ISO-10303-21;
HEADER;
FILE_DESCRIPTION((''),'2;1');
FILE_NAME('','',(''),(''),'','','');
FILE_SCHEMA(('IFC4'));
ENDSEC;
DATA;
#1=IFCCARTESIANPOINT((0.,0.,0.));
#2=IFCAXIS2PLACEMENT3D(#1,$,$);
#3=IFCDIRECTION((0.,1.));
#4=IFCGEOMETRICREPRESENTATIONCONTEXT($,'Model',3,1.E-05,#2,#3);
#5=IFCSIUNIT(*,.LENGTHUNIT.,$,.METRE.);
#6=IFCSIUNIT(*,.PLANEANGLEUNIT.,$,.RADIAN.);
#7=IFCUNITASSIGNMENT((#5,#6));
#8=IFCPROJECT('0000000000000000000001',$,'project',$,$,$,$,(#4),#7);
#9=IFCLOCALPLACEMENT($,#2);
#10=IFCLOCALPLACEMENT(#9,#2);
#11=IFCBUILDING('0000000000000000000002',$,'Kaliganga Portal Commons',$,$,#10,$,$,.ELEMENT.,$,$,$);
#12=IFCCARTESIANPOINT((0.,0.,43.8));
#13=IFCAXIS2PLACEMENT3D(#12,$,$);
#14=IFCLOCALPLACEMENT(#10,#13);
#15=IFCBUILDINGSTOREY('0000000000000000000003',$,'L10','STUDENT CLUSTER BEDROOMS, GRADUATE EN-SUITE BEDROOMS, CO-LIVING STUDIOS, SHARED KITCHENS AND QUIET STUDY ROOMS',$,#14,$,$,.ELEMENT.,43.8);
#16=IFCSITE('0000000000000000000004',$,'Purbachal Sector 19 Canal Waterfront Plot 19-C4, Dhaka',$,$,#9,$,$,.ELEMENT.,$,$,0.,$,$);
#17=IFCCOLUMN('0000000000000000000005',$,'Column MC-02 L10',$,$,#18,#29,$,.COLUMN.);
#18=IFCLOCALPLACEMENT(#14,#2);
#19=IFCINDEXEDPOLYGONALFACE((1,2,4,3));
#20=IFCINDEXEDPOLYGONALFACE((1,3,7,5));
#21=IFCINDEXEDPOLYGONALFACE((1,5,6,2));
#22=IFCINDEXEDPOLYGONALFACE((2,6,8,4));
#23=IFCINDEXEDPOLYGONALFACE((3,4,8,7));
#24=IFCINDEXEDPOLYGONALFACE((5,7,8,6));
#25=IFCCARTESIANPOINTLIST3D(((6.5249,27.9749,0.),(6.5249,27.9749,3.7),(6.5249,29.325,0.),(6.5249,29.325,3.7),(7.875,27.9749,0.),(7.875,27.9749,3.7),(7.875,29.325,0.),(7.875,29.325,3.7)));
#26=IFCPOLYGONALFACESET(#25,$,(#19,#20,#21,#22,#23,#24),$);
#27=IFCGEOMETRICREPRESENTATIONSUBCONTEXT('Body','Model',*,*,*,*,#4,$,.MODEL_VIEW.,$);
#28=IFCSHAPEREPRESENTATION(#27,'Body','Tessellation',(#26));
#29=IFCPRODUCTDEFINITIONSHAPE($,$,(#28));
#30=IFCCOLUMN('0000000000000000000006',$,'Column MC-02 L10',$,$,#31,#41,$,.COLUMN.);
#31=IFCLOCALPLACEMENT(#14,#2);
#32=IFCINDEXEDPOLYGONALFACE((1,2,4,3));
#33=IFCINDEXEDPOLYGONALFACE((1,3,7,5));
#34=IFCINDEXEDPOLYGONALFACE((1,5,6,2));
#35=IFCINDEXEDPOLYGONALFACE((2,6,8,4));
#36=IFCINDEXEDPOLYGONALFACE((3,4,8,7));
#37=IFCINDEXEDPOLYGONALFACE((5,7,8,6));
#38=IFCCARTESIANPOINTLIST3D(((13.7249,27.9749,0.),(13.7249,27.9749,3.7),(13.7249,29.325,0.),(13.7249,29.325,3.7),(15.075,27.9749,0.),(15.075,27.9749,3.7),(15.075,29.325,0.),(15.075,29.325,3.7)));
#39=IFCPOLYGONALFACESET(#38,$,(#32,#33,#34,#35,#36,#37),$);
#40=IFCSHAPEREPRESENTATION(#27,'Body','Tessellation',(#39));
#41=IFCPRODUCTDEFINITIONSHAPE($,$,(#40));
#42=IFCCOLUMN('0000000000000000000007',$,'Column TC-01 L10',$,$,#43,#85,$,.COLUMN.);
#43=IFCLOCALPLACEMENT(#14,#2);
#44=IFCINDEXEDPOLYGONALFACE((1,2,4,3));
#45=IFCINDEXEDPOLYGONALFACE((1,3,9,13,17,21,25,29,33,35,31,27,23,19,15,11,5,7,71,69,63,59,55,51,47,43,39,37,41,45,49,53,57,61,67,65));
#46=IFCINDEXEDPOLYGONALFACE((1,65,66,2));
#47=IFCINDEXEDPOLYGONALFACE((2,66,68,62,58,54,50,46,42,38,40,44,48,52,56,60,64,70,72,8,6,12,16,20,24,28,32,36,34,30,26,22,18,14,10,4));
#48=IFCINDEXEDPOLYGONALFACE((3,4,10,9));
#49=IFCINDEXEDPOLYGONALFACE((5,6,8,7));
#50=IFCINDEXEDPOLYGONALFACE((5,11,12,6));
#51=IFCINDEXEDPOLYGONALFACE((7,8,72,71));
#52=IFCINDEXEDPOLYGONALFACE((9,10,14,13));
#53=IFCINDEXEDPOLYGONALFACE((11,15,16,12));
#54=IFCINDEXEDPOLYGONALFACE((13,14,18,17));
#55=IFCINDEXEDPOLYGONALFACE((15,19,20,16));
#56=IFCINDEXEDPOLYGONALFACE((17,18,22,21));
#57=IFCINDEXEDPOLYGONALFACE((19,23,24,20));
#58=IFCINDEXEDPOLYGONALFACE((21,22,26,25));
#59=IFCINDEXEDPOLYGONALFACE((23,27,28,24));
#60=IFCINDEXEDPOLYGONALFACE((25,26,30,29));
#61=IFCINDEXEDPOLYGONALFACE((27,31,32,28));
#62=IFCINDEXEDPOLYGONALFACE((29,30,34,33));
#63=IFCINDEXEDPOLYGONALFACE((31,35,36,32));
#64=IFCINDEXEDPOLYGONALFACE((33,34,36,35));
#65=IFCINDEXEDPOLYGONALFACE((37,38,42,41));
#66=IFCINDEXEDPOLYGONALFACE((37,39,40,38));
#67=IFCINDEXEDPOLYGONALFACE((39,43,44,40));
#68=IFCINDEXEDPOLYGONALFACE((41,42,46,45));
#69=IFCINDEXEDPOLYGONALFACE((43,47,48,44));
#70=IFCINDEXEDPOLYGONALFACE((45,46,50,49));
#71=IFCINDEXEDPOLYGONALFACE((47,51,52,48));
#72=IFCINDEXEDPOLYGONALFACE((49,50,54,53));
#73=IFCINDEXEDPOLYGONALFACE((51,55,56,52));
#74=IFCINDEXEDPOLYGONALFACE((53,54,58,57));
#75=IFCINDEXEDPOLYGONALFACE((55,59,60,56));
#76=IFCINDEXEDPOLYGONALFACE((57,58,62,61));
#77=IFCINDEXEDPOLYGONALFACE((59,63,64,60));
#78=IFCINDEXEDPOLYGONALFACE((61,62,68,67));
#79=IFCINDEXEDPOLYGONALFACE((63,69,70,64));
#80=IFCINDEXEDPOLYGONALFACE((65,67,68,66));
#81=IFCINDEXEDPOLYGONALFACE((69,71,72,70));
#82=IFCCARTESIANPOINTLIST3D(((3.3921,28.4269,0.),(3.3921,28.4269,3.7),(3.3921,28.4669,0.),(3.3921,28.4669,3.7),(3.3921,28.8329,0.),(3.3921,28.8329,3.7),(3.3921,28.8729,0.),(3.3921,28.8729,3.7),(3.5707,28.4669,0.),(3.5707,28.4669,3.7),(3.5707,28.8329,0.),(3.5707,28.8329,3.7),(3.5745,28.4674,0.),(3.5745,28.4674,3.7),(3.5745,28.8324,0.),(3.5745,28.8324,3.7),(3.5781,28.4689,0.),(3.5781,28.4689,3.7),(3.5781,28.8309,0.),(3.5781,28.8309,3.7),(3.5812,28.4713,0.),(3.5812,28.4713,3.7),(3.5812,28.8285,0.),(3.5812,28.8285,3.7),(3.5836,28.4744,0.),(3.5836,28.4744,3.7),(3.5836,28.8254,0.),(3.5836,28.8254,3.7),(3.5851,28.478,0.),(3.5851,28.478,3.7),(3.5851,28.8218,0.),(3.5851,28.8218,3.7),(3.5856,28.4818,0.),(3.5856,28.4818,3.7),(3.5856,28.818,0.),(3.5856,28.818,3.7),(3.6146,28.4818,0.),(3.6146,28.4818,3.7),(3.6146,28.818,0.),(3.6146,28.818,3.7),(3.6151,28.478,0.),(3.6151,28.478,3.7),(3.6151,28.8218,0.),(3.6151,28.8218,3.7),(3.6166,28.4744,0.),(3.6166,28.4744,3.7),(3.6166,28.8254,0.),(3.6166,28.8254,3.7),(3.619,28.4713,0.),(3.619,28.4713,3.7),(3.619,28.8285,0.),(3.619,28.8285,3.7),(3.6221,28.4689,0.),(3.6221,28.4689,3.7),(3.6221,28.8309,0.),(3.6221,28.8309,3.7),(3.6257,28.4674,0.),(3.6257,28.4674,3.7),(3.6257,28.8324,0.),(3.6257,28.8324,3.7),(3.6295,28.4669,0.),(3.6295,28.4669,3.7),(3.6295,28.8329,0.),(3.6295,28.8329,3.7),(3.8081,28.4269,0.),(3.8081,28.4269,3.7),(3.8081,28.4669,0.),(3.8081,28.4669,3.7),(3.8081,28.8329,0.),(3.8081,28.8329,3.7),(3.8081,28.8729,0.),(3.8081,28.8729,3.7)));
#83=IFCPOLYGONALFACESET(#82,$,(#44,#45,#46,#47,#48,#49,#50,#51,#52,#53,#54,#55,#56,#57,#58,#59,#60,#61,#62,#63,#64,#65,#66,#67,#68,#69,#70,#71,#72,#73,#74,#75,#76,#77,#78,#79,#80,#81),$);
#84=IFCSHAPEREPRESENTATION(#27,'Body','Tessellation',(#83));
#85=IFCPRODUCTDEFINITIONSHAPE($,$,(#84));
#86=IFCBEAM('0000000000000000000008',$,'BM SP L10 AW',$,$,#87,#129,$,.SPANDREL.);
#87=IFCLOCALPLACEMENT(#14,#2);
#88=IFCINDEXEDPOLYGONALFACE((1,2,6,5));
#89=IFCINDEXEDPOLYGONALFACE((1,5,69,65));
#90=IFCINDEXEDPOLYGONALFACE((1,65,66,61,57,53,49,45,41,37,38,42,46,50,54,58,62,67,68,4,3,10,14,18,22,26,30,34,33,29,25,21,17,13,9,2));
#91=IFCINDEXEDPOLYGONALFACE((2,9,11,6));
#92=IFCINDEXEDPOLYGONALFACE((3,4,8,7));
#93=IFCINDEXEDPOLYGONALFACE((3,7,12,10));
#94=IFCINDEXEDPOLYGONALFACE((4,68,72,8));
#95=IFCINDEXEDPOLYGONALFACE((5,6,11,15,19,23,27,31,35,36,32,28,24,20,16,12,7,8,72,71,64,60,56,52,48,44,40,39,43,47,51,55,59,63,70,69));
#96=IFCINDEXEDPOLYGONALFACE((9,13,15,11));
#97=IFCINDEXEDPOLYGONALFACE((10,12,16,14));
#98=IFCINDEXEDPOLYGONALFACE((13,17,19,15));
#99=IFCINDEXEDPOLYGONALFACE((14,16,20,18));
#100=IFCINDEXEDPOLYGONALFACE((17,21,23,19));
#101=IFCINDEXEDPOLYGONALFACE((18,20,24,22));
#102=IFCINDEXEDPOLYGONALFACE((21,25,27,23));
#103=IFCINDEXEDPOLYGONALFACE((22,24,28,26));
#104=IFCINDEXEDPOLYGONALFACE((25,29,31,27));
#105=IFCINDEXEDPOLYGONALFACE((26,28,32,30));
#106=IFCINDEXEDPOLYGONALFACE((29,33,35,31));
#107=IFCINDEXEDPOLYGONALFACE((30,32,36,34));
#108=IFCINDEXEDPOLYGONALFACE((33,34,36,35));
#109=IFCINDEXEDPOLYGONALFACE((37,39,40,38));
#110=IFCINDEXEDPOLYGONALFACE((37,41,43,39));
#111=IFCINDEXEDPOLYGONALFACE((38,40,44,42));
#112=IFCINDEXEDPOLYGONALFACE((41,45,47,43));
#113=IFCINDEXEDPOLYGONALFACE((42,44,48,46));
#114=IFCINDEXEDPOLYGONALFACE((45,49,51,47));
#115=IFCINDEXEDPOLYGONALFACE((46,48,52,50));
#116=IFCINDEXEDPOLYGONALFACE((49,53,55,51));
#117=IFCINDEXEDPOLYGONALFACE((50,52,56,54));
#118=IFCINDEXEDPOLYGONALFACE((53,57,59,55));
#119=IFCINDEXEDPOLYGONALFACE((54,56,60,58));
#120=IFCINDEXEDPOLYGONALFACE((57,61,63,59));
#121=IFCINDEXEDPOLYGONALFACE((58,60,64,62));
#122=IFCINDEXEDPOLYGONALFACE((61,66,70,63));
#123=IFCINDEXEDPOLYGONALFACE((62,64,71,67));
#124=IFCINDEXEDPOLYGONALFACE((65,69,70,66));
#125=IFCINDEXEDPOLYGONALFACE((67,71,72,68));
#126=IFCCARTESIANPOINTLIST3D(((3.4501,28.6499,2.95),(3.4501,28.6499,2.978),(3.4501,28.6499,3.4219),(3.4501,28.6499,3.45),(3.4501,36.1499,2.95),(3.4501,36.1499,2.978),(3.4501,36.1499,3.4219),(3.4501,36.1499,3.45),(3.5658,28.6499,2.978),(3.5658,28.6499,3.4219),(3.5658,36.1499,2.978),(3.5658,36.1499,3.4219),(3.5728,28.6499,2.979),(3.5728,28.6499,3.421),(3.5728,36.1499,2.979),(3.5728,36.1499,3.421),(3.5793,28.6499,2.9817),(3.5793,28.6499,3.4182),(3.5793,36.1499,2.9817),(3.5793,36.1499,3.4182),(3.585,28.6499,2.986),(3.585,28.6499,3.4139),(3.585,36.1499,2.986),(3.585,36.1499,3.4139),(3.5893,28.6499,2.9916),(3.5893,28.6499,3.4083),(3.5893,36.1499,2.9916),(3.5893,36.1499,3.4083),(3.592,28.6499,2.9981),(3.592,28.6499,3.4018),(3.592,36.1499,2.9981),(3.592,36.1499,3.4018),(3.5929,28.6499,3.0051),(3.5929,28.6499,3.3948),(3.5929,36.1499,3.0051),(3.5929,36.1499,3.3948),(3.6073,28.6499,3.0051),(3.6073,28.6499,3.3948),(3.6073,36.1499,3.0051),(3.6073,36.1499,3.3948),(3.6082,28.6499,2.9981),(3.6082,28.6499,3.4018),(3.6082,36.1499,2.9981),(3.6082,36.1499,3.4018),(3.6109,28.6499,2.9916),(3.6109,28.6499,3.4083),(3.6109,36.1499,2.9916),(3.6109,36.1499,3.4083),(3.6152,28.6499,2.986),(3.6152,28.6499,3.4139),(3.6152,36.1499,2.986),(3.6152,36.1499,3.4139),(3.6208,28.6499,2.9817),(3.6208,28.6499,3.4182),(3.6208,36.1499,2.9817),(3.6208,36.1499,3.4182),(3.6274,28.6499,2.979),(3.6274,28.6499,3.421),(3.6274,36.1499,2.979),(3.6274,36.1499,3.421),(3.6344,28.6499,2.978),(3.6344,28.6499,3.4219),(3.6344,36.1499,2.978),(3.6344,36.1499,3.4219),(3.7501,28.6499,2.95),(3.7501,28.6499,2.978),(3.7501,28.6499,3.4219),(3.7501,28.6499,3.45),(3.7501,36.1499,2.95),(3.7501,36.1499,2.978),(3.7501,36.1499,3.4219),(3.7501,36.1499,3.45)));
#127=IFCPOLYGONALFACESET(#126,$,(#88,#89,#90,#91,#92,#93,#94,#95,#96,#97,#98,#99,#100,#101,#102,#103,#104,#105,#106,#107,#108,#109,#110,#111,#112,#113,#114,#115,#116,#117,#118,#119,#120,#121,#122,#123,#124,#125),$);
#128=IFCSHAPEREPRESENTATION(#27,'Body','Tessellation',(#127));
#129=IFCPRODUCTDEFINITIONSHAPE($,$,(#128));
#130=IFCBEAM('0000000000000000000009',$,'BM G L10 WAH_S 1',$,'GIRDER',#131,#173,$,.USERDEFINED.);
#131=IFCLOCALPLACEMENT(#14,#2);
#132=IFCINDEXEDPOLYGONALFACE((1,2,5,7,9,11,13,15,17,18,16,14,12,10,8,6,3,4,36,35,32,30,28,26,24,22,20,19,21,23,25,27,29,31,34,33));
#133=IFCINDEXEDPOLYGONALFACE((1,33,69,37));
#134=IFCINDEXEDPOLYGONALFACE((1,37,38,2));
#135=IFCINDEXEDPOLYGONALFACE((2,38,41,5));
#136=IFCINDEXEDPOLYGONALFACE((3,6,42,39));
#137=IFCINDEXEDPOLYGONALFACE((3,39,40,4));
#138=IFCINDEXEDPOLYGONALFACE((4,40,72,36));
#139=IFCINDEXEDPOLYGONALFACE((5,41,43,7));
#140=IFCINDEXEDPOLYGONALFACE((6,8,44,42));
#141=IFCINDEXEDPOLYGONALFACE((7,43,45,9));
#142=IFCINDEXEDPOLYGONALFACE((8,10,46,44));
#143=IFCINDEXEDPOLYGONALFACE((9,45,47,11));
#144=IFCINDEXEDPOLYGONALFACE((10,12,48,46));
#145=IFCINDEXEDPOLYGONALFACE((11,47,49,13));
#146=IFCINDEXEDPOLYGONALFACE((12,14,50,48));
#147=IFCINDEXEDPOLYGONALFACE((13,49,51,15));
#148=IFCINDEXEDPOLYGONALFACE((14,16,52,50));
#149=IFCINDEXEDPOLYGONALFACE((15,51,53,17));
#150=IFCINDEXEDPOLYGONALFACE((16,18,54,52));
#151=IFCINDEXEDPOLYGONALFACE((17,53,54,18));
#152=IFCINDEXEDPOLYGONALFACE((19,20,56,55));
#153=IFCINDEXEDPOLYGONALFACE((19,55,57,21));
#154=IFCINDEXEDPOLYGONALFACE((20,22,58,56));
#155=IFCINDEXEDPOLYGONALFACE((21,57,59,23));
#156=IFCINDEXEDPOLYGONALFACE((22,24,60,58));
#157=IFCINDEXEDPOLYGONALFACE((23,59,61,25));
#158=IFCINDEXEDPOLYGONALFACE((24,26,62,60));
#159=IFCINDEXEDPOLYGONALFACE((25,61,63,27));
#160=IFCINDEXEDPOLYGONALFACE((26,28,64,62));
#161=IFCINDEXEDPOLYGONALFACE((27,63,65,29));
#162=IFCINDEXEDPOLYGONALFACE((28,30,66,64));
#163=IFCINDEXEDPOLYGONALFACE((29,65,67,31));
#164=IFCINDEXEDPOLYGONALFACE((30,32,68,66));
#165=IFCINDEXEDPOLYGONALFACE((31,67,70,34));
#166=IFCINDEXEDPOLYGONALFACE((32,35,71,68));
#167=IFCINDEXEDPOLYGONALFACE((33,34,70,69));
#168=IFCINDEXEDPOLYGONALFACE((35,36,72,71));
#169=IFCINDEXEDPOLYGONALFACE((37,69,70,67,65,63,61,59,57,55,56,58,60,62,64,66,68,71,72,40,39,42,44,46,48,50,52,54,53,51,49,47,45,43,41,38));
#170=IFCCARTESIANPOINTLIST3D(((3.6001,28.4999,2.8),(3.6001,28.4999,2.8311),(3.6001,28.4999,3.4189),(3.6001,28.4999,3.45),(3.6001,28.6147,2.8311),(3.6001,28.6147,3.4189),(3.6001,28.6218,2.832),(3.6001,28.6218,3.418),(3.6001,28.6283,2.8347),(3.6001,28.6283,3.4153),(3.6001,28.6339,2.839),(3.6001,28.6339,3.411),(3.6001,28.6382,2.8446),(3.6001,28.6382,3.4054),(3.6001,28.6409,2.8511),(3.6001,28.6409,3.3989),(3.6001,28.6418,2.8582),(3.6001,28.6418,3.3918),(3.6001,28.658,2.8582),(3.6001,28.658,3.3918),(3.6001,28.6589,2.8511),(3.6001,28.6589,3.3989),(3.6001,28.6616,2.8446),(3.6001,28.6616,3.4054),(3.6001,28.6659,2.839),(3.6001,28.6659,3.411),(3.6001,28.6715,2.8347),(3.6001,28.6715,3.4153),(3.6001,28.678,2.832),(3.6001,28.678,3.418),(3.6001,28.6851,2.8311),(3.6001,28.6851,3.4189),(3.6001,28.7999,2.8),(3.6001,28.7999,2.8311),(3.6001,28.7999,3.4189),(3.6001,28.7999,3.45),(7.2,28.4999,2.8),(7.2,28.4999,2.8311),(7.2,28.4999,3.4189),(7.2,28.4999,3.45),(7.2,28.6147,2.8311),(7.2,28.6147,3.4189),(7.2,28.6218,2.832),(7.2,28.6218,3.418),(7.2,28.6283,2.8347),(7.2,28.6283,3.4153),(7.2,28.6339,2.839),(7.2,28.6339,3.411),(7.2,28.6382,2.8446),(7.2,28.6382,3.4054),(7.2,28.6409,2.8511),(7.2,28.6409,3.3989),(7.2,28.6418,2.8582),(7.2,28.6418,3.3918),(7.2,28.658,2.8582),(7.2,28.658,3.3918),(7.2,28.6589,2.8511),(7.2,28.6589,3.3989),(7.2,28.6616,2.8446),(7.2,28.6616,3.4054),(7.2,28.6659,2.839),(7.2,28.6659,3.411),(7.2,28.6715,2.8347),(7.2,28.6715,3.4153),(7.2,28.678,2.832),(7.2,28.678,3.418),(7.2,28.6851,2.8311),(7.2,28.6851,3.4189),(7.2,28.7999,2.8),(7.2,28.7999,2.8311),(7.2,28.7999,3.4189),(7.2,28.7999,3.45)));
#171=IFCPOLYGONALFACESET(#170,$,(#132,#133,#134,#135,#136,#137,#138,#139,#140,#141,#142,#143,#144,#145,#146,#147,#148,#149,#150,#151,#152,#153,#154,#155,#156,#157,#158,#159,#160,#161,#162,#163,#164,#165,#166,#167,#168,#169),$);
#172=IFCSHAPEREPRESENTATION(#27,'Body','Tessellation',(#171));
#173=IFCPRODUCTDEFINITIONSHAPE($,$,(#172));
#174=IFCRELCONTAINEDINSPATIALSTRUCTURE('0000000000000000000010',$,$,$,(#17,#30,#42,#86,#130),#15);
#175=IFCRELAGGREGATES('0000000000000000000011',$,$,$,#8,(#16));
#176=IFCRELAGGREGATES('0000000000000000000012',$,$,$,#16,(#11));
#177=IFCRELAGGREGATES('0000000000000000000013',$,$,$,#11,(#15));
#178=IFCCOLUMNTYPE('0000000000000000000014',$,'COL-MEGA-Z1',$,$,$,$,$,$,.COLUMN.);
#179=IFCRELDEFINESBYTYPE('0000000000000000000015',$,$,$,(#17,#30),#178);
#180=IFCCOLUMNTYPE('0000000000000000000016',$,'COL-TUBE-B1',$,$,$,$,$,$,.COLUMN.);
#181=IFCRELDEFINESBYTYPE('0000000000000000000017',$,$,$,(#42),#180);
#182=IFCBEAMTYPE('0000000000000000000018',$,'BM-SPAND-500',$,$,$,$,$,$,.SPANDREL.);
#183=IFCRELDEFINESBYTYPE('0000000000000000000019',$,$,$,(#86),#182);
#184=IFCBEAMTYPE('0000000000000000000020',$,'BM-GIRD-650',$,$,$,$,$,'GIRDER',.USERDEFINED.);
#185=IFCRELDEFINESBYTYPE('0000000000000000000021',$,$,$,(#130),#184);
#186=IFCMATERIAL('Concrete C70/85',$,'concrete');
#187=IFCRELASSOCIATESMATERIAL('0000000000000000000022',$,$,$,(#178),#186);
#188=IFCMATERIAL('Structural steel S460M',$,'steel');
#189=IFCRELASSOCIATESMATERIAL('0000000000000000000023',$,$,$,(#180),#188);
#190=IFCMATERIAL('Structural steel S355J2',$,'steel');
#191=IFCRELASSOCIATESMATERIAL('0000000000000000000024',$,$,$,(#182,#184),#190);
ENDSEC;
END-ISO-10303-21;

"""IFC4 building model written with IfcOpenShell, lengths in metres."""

from ifc_helpers import new_model, si_unit, direction, frame, origin, origin_2d, place, context, subcontext, project, spatial, rectangle, i_section, extrude, source, transform, mapped, material, material_profile, profile_set, type_object, element, save


model = new_model("IFC4")

# Units and contexts
model_context = context("Model", 3, precision=1e-05, world=origin(), true_north=direction((0.0, 1.0)))
body_context = subcontext(model_context, "Body", "Model", "MODEL_VIEW")
ifc_project = project(units=[si_unit("LENGTHUNIT", "METRE"), si_unit("PLANEANGLEUNIT", "RADIAN")], contexts=[model_context])

# Site, building, storey
site_placement = place(None, origin())
site = spatial("IfcSite", under=ifc_project, at=site_placement, Name="Purbachal Sector 19 Canal Waterfront Plot 19-C4, Dhaka", CompositionType="ELEMENT", RefElevation=0.0)
building_placement = place(site_placement, origin())
building = spatial("IfcBuilding", under=site, at=building_placement, Name="Kaliganga Portal Commons", CompositionType="ELEMENT")
storey_placement = place(building_placement, frame((0.0, 0.0, 43.8)))
storey = spatial("IfcBuildingStorey", under=building, at=storey_placement, Name="L10", Description="STUDENT CLUSTER BEDROOMS, GRADUATE EN-SUITE BEDROOMS, CO-LIVING STUDIOS, SHARED KITCHENS AND QUIET STUDY ROOMS", CompositionType="ELEMENT", Elevation=43.8)

# Columns
ifc_material_1 = material(Name="Concrete C70/85", Category="concrete")
ifc_material_profile_1 = material_profile(ifc_material_1, rectangle(XDim=1.3501, YDim=1.3501, at=origin_2d()), Name="RC 1350x1350")
ifc_profile_set_1 = profile_set([ifc_material_profile_1], Name="Concrete C70/85")
column_type_1 = type_object("IfcColumnType", Name="COL-MEGA-Z1", PredefinedType="COLUMN", material=ifc_profile_set_1)
shared_shape_1 = source(origin(), body_context, "Body", "SweptSolid", [
    extrude(rectangle(XDim=1.3501, YDim=1.3501, at=origin_2d()), origin(), (0.0, 0.0, 1.0), 3.7),
])
for number, where, z_axis, x_axis, name in (
    (1, (7.2, 28.6499, 0.0), (0.0, 0.0, 1.0), (1.0, 0.0, 0.0), "Column MC-02 L10"),
    (2, (14.3999, 28.6499, 0.0), (0.0, 0.0, 1.0), (1.0, 0.0, 0.0), "Column MC-02 L10"),
):
    element("IfcColumn", number, at=place(storey_placement, frame(where, z_axis=z_axis, x_axis=x_axis)), inside=storey, type_object=column_type_1, Name=name, PredefinedType="COLUMN", context=body_context, shape_type="MappedRepresentation", body=[
        mapped(shared_shape_1, transform((0.0, 0.0, 0.0), x_axis=(1.0, 0.0, 0.0), y_axis=(0.0, 1.0, 0.0), z_axis=(0.0, 0.0, 1.0), scale=1.0)),
    ])
ifc_material_2 = material(Name="Structural steel S460M", Category="steel")
ifc_material_profile_2 = material_profile(ifc_material_2, i_section(OverallWidth=0.416, OverallDepth=0.446, WebThickness=0.0291, FlangeThickness=0.04, FilletRadius=0.0149, at=origin_2d()), Name="HD 400x509")
ifc_profile_set_2 = profile_set([ifc_material_profile_2], Name="Structural steel S460M wide-flange")
column_type_2 = type_object("IfcColumnType", Name="COL-TUBE-B1", PredefinedType="COLUMN", material=ifc_profile_set_2)
shared_shape_2 = source(origin(), body_context, "Body", "SweptSolid", [
    extrude(i_section(OverallWidth=0.416, OverallDepth=0.446, WebThickness=0.0291, FlangeThickness=0.04, FilletRadius=0.0149, at=origin_2d()), origin(), (0.0, 0.0, 1.0), 3.7),
])
column_placement = place(storey_placement, frame((3.6001, 28.6499, 0.0), z_axis=(0.0, 0.0, 1.0), x_axis=(1.0, 0.0, 0.0)))
element("IfcColumn", 3, at=column_placement, inside=storey, type_object=column_type_2, Name="Column TC-01 L10", PredefinedType="COLUMN", context=body_context, shape_type="MappedRepresentation", body=[
    mapped(shared_shape_2, transform((0.0, 0.0, 0.0), x_axis=(1.0, 0.0, 0.0), y_axis=(0.0, 1.0, 0.0), z_axis=(0.0, 0.0, 1.0), scale=1.0)),
])

# Beams
ifc_material_3 = material(Name="Structural steel S355J2", Category="steel")
ifc_material_profile_3 = material_profile(ifc_material_3, i_section(OverallWidth=0.3, OverallDepth=0.5, WebThickness=0.0144, FlangeThickness=0.0281, FilletRadius=0.0271, at=origin_2d()), Name="HE 500 B")
ifc_profile_set_3 = profile_set([ifc_material_profile_3], Name="Structural steel S355J2 wide-flange")
beam_type_1 = type_object("IfcBeamType", Name="BM-SPAND-500", PredefinedType="SPANDREL", material=ifc_profile_set_3)
shared_shape_3 = source(origin(), body_context, "Body", "SweptSolid", [
    extrude(i_section(OverallWidth=0.3, OverallDepth=0.5, WebThickness=0.0144, FlangeThickness=0.0281, FilletRadius=0.0271, at=origin_2d()), origin(), (0.0, 0.0, 1.0), 7.5),
])
beam_1_placement = place(storey_placement, frame((3.6001, 28.6499, 3.2), z_axis=(0.0, 1.0, 0.0), x_axis=(-1.0, 0.0, 0.0)))
element("IfcBeam", 4, at=beam_1_placement, inside=storey, type_object=beam_type_1, Name="BM SP L10 AW", PredefinedType="SPANDREL", context=body_context, shape_type="MappedRepresentation", body=[
    mapped(shared_shape_3, transform((0.0, 0.0, 0.0), x_axis=(1.0, 0.0, 0.0), y_axis=(0.0, 1.0, 0.0), z_axis=(0.0, 0.0, 1.0), scale=1.0)),
])
ifc_material_profile_4 = material_profile(ifc_material_3, i_section(OverallWidth=0.3, OverallDepth=0.6499, WebThickness=0.0161, FlangeThickness=0.031, FilletRadius=0.0271, at=origin_2d()), Name="HE 650 B")
ifc_profile_set_4 = profile_set([ifc_material_profile_4], Name="Structural steel S355J2 wide-flange")
beam_type_2 = type_object("IfcBeamType", Name="BM-GIRD-650", ElementType="GIRDER", PredefinedType="USERDEFINED", material=ifc_profile_set_4)
shared_shape_4 = source(origin(), body_context, "Body", "SweptSolid", [
    extrude(i_section(OverallWidth=0.3, OverallDepth=0.6499, WebThickness=0.0161, FlangeThickness=0.031, FilletRadius=0.0271, at=origin_2d()), origin(), (0.0, 0.0, 1.0), 3.5999),
])
beam_2_placement = place(storey_placement, frame((3.6001, 28.6499, 3.125), z_axis=(1.0, 0.0, 0.0), x_axis=(0.0, 1.0, 0.0)))
element("IfcBeam", 5, at=beam_2_placement, inside=storey, type_object=beam_type_2, Name="BM G L10 WAH_S 1", ObjectType="GIRDER", PredefinedType="USERDEFINED", context=body_context, shape_type="MappedRepresentation", body=[
    mapped(shared_shape_4, transform((0.0, 0.0, 0.0), x_axis=(1.0, 0.0, 0.0), y_axis=(0.0, 1.0, 0.0), z_axis=(0.0, 0.0, 1.0), scale=1.0)),
])

save(model, "model.ifc")
